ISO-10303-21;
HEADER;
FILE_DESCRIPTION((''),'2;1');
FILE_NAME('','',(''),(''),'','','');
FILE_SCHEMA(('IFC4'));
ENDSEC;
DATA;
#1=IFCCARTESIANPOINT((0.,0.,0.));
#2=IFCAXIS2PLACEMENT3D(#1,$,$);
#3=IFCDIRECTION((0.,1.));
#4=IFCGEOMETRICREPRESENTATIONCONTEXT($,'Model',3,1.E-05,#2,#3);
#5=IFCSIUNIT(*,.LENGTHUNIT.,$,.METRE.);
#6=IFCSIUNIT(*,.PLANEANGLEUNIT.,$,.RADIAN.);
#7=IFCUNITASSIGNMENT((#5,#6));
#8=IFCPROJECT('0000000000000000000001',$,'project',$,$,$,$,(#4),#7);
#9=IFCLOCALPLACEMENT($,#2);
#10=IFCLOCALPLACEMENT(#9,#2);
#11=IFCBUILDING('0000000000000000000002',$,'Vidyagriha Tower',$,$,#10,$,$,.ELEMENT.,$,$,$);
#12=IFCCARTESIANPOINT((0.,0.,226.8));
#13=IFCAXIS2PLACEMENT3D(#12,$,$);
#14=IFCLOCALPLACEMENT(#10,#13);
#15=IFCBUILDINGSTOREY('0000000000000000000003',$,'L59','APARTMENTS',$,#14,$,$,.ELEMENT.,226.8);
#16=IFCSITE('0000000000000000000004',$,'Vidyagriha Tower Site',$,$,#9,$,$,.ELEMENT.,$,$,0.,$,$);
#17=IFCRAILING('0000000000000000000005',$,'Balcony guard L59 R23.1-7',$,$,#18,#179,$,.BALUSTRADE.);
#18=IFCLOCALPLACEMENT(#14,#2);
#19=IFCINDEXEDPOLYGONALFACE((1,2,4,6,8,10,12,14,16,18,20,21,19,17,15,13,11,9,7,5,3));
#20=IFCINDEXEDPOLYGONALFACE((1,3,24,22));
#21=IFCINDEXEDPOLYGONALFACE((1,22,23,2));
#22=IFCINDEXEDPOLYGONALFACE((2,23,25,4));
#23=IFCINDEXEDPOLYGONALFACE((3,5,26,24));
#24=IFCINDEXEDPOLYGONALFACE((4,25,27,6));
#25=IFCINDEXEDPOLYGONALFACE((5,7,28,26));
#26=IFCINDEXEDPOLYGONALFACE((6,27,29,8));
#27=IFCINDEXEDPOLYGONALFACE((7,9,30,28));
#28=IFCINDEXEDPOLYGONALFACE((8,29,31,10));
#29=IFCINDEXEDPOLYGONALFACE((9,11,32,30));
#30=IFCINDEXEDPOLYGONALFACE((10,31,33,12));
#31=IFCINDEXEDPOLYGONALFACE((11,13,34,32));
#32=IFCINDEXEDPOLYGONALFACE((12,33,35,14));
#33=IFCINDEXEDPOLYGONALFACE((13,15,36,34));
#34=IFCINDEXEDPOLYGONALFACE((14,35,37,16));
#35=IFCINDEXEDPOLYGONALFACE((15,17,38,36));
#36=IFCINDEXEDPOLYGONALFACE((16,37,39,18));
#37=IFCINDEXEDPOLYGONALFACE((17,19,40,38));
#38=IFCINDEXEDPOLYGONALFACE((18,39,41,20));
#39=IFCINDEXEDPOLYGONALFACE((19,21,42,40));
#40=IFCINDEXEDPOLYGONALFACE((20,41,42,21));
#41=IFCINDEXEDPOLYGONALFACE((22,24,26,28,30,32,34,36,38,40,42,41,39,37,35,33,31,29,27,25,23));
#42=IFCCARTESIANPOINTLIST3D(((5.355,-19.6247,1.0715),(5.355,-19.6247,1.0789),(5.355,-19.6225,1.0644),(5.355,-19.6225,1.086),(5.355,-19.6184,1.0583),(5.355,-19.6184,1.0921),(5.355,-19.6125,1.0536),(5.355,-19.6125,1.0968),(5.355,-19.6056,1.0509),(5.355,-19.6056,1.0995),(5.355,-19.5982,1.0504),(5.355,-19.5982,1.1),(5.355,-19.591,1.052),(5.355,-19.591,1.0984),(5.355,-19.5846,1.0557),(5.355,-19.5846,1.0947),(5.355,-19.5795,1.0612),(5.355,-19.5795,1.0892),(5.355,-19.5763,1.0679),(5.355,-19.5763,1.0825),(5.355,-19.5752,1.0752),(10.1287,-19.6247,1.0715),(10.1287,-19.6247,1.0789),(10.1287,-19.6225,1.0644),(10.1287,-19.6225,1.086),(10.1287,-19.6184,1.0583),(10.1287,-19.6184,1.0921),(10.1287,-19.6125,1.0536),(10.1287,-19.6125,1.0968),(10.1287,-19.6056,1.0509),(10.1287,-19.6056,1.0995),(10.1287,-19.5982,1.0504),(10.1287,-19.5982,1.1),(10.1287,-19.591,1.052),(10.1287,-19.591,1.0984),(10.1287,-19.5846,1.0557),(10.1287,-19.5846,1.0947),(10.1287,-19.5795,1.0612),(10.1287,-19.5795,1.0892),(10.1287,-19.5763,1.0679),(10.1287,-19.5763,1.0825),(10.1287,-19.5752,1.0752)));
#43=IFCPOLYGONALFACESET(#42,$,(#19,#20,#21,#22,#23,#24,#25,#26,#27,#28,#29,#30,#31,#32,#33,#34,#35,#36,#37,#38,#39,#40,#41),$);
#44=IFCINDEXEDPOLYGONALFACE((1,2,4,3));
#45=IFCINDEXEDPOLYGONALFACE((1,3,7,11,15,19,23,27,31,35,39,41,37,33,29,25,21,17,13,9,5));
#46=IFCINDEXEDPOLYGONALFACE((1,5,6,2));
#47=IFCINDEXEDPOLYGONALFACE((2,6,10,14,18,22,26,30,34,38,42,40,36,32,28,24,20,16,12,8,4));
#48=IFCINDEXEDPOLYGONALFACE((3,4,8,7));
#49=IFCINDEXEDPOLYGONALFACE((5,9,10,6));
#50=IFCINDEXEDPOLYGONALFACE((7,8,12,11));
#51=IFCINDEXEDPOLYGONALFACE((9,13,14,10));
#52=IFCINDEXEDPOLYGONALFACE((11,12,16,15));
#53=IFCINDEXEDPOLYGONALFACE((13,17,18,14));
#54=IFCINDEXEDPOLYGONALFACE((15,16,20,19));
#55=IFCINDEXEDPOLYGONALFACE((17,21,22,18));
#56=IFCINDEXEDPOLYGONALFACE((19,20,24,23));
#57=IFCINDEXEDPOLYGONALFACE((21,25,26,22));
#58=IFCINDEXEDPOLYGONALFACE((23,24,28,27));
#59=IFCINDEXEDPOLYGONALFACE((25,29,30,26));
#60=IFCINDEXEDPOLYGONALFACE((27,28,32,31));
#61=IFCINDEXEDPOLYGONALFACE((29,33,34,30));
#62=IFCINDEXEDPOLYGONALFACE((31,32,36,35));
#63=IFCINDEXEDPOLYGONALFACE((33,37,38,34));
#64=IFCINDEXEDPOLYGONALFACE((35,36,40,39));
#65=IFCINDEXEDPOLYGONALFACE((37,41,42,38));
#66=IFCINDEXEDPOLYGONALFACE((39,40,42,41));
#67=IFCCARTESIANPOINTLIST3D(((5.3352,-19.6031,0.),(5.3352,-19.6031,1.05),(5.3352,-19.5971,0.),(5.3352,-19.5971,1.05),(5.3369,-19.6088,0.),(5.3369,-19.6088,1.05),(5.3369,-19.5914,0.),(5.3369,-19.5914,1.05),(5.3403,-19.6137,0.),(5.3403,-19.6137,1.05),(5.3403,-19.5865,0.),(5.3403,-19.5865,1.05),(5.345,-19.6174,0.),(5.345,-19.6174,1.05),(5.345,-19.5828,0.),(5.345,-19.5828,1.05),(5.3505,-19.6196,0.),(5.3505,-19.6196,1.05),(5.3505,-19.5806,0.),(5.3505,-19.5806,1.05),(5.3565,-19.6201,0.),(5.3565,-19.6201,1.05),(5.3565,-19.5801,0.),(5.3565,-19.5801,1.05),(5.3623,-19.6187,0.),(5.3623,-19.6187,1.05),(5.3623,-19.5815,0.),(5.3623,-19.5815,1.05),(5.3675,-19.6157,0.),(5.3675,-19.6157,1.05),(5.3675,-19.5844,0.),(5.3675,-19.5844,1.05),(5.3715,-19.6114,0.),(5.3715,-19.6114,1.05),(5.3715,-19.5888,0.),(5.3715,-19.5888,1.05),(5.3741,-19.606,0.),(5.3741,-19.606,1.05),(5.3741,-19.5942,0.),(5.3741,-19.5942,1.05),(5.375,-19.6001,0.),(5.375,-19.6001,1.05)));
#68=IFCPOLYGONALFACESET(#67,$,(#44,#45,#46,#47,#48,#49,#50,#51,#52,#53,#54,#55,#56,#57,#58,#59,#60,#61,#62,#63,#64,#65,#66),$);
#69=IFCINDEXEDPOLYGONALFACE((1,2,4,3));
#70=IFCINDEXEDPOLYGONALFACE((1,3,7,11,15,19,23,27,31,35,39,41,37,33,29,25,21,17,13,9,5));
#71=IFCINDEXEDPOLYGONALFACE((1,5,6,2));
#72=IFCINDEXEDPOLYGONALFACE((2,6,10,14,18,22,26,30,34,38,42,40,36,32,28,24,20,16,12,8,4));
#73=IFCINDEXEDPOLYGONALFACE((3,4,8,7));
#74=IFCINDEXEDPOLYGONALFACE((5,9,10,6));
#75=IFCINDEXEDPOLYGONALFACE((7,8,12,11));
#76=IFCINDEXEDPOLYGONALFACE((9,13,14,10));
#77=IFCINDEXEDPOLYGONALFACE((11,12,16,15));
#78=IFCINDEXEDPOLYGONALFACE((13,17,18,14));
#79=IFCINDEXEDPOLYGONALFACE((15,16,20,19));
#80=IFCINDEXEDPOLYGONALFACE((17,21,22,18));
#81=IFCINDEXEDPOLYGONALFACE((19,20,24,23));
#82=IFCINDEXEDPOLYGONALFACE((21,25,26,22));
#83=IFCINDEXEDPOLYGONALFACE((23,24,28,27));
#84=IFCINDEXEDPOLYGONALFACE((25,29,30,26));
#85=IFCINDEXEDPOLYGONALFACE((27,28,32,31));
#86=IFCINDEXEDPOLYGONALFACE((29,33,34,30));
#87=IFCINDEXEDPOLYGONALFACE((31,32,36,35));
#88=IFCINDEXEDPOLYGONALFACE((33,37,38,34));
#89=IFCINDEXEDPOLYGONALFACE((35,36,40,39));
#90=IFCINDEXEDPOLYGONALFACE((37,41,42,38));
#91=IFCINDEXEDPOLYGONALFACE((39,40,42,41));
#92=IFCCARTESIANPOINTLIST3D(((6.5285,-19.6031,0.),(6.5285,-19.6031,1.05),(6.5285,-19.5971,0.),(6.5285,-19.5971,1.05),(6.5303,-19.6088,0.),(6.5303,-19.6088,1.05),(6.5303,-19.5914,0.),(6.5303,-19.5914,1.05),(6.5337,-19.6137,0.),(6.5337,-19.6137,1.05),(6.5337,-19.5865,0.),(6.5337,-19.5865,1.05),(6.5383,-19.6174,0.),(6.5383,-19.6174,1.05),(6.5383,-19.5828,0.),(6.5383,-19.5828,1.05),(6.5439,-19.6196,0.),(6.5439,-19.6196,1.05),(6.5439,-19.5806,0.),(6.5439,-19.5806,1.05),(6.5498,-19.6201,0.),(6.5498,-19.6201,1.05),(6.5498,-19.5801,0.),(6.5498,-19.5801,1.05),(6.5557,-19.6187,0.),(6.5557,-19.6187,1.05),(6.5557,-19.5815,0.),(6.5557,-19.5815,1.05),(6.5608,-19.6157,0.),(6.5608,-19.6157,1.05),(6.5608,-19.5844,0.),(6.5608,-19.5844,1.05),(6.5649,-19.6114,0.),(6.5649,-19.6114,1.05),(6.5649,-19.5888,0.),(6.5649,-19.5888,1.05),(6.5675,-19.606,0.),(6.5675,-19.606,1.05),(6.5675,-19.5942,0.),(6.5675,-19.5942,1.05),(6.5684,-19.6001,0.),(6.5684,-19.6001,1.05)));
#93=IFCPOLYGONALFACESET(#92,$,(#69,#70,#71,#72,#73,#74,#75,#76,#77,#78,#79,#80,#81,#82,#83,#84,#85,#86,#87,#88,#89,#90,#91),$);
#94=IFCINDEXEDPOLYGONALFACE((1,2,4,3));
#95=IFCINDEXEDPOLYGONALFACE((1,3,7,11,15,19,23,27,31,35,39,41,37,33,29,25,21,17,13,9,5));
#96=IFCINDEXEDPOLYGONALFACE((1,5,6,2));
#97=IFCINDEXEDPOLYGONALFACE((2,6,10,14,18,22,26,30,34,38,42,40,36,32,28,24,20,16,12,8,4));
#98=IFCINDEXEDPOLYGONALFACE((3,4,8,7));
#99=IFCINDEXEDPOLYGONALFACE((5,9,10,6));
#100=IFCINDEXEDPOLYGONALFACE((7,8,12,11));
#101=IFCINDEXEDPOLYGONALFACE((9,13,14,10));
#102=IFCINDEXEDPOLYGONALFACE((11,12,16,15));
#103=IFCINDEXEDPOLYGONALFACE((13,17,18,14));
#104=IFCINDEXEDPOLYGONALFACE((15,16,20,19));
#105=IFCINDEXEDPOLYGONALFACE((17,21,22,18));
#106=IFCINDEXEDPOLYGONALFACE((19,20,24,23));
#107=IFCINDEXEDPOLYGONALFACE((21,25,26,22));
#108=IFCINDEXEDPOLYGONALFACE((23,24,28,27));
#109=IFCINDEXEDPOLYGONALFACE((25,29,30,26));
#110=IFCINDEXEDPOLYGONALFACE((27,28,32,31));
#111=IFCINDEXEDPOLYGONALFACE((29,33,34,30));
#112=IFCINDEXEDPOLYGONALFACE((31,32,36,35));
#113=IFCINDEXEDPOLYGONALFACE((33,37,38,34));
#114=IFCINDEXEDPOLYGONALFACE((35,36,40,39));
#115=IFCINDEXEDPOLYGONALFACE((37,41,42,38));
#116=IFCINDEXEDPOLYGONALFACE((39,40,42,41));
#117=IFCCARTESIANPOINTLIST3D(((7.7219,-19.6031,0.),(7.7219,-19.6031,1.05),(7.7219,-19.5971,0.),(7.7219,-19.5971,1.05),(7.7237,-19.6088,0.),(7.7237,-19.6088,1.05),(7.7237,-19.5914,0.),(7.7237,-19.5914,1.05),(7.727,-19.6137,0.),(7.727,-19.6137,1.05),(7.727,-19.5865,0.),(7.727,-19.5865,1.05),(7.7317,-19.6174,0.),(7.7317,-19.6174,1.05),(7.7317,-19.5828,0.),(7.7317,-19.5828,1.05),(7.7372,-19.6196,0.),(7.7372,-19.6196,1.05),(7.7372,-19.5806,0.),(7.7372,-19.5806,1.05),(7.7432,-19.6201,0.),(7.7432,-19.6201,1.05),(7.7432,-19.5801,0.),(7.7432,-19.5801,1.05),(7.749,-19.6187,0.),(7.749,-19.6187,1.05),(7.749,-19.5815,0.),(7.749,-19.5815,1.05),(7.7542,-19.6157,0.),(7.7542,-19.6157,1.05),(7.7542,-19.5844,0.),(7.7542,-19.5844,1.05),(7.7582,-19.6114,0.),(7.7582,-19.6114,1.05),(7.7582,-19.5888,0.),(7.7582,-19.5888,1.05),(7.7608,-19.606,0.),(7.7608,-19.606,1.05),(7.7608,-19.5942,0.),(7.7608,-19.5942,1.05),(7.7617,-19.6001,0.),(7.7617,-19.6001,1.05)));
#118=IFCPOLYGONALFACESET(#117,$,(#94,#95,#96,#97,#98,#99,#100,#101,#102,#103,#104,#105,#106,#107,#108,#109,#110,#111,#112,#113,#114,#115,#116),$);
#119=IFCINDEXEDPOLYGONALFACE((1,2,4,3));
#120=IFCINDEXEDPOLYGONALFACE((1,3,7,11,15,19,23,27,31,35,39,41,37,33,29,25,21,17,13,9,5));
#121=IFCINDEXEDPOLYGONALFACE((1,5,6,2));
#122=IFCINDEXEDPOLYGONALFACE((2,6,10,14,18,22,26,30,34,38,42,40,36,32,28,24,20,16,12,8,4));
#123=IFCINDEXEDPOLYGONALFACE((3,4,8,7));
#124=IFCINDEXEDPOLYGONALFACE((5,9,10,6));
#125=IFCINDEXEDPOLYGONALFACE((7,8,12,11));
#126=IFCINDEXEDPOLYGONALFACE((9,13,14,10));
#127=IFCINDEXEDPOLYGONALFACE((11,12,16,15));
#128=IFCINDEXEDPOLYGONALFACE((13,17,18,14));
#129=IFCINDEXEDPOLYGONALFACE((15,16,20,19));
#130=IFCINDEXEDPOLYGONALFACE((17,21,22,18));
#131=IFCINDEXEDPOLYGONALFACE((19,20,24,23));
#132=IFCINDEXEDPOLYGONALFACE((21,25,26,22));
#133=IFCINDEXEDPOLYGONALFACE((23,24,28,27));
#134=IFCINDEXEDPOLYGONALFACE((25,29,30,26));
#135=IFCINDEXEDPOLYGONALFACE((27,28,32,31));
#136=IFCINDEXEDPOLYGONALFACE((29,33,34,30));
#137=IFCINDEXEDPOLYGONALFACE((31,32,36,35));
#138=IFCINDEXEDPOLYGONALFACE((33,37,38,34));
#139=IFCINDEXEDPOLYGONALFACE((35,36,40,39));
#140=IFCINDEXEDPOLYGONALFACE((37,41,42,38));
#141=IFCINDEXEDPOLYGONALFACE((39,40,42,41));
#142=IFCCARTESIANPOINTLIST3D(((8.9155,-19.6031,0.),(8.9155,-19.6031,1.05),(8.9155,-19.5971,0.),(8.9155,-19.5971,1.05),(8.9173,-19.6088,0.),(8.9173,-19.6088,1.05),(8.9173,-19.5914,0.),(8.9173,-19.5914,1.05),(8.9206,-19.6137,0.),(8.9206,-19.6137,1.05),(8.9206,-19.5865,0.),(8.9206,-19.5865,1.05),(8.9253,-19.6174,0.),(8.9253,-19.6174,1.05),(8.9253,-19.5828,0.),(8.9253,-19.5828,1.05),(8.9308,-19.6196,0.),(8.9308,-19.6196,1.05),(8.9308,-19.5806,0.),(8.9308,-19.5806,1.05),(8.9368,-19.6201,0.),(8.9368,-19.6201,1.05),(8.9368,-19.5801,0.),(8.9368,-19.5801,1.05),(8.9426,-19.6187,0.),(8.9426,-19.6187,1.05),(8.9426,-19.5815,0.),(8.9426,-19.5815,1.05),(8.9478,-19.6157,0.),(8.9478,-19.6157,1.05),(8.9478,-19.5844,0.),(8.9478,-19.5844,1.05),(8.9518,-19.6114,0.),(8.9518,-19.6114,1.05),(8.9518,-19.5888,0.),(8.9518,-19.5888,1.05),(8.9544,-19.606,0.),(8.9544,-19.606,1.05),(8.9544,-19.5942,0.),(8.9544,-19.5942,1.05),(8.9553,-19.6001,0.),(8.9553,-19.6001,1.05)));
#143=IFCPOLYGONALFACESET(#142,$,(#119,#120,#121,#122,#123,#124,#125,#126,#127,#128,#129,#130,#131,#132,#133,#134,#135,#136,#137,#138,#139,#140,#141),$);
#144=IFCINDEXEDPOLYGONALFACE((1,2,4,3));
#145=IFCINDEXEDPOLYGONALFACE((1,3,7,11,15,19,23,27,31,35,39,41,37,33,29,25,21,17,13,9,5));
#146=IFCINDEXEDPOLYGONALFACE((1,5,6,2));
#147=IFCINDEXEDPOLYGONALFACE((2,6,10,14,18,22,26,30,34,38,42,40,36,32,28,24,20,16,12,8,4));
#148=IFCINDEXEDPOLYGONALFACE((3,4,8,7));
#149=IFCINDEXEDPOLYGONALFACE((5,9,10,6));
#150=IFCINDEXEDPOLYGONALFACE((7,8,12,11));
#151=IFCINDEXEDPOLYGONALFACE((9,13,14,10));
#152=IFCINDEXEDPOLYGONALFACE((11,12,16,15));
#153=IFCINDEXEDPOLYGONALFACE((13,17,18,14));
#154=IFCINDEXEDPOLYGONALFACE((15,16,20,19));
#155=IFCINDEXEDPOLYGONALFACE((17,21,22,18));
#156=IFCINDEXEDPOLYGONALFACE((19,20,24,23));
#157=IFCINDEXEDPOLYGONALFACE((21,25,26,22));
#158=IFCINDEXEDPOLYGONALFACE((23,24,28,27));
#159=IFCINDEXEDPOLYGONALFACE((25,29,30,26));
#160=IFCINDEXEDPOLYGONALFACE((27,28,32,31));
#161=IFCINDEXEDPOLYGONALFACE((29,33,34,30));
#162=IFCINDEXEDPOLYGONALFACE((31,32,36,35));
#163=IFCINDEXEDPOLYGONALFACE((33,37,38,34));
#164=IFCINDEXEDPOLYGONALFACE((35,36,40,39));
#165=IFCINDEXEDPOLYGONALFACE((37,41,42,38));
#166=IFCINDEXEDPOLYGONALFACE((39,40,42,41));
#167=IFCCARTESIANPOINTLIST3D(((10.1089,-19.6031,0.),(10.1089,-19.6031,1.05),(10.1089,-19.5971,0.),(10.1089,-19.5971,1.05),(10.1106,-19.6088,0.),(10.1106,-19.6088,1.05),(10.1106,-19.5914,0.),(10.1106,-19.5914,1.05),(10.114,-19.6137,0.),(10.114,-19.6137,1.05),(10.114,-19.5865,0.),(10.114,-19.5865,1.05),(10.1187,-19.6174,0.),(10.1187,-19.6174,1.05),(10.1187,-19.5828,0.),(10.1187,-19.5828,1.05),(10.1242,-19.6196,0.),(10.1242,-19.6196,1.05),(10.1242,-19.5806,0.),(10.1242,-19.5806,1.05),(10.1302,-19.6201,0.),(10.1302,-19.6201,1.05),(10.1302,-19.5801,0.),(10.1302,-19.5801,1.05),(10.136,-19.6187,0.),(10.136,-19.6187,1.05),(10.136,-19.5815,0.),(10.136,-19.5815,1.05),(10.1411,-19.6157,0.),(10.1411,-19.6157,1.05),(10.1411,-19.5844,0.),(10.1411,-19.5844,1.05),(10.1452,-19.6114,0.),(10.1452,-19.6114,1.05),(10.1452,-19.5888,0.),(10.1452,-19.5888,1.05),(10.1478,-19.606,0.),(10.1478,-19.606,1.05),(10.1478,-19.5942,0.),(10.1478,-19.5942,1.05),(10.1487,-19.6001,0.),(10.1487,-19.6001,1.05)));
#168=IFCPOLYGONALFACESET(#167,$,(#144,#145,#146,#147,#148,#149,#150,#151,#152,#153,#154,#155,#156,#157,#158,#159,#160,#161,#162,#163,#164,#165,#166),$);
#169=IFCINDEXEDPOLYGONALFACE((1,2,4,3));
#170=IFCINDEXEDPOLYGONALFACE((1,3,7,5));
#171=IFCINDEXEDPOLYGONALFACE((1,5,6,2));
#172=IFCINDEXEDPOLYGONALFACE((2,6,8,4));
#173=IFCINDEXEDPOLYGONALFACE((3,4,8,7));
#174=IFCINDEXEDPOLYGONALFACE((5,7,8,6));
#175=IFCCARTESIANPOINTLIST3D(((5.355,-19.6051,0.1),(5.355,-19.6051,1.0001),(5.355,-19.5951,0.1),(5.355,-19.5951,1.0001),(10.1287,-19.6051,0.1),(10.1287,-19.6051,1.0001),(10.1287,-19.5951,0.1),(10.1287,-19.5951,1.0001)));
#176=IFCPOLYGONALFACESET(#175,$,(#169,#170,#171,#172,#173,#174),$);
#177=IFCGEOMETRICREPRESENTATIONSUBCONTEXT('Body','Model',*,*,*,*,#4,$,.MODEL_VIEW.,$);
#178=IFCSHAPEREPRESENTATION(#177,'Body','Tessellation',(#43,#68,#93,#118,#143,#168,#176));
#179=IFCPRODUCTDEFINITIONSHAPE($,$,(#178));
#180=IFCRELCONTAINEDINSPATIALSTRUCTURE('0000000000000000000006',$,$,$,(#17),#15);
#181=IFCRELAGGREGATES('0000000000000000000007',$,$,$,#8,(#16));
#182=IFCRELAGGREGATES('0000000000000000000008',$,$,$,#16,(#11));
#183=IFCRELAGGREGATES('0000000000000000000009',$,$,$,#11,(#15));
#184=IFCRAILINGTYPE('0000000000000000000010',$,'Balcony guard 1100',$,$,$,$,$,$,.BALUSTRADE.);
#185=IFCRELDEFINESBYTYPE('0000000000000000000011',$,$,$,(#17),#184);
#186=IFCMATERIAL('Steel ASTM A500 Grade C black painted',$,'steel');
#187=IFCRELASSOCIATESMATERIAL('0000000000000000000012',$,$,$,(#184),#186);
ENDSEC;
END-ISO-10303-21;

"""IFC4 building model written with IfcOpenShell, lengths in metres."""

from ifc_helpers import new_model, si_unit, direction, frame, origin, origin_2d, place, context, subcontext, project, spatial, rectangle, circle, extrude, material, type_object, element, save


model = new_model("IFC4")

# Units and contexts
model_context = context("Model", 3, precision=1e-05, world=origin(), true_north=direction((0.0, 1.0)))
body_context = subcontext(model_context, "Body", "Model", "MODEL_VIEW")
ifc_project = project(units=[si_unit("LENGTHUNIT", "METRE"), si_unit("PLANEANGLEUNIT", "RADIAN")], contexts=[model_context])

# Site, building, storey
site_placement = place(None, origin())
site = spatial("IfcSite", under=ifc_project, at=site_placement, Name="Vidyagriha Tower Site", CompositionType="ELEMENT", RefElevation=0.0)
building_placement = place(site_placement, origin())
building = spatial("IfcBuilding", under=site, at=building_placement, Name="Vidyagriha Tower", CompositionType="ELEMENT")
storey_placement = place(building_placement, frame((0.0, 0.0, 226.8)))
storey = spatial("IfcBuildingStorey", under=building, at=storey_placement, Name="L59", Description="APARTMENTS", CompositionType="ELEMENT", Elevation=226.8)

# Railing
ifc_material_1 = material(Name="Steel ASTM A500 Grade C black painted", Category="steel")
railing_type = type_object("IfcRailingType", Name="Balcony guard 1100", PredefinedType="BALUSTRADE", material=ifc_material_1)
railing_1_placement = place(storey_placement, frame((5.355, -19.6001, 0.0)))
element("IfcRailing", 1, at=railing_1_placement, inside=storey, type_object=railing_type, Name="Balcony guard L59 R23.1-7", PredefinedType="BALUSTRADE", context=body_context, shape_type="SweptSolid", body=[
    extrude(circle(Radius=0.0249, at=origin_2d()), frame((0.0, 0.0, 1.0752), z_axis=(1.0, 0.0, 0.0), x_axis=(0.0, 1.0, 0.0)), (0.0, 0.0, 1.0), 4.7737),
    extrude(circle(Radius=0.02, at=origin_2d()), origin(), (0.0, 0.0, 1.0), 1.05),
    extrude(circle(Radius=0.02, at=origin_2d()), frame((1.1934, 0.0, 0.0)), (0.0, 0.0, 1.0), 1.05),
    extrude(circle(Radius=0.02, at=origin_2d()), frame((2.3867, 0.0, 0.0)), (0.0, 0.0, 1.0), 1.05),
    extrude(circle(Radius=0.02, at=origin_2d()), frame((3.5803, 0.0, 0.0)), (0.0, 0.0, 1.0), 1.05),
    extrude(circle(Radius=0.02, at=origin_2d()), frame((4.7737, 0.0, 0.0)), (0.0, 0.0, 1.0), 1.05),
    extrude(rectangle(XDim=0.01, YDim=0.9001, at=origin_2d()), frame((0.0, 0.0, 0.55), z_axis=(1.0, 0.0, 0.0), x_axis=(0.0, 1.0, 0.0)), (0.0, 0.0, 1.0), 4.7737),
])

save(model, "model.ifc")
